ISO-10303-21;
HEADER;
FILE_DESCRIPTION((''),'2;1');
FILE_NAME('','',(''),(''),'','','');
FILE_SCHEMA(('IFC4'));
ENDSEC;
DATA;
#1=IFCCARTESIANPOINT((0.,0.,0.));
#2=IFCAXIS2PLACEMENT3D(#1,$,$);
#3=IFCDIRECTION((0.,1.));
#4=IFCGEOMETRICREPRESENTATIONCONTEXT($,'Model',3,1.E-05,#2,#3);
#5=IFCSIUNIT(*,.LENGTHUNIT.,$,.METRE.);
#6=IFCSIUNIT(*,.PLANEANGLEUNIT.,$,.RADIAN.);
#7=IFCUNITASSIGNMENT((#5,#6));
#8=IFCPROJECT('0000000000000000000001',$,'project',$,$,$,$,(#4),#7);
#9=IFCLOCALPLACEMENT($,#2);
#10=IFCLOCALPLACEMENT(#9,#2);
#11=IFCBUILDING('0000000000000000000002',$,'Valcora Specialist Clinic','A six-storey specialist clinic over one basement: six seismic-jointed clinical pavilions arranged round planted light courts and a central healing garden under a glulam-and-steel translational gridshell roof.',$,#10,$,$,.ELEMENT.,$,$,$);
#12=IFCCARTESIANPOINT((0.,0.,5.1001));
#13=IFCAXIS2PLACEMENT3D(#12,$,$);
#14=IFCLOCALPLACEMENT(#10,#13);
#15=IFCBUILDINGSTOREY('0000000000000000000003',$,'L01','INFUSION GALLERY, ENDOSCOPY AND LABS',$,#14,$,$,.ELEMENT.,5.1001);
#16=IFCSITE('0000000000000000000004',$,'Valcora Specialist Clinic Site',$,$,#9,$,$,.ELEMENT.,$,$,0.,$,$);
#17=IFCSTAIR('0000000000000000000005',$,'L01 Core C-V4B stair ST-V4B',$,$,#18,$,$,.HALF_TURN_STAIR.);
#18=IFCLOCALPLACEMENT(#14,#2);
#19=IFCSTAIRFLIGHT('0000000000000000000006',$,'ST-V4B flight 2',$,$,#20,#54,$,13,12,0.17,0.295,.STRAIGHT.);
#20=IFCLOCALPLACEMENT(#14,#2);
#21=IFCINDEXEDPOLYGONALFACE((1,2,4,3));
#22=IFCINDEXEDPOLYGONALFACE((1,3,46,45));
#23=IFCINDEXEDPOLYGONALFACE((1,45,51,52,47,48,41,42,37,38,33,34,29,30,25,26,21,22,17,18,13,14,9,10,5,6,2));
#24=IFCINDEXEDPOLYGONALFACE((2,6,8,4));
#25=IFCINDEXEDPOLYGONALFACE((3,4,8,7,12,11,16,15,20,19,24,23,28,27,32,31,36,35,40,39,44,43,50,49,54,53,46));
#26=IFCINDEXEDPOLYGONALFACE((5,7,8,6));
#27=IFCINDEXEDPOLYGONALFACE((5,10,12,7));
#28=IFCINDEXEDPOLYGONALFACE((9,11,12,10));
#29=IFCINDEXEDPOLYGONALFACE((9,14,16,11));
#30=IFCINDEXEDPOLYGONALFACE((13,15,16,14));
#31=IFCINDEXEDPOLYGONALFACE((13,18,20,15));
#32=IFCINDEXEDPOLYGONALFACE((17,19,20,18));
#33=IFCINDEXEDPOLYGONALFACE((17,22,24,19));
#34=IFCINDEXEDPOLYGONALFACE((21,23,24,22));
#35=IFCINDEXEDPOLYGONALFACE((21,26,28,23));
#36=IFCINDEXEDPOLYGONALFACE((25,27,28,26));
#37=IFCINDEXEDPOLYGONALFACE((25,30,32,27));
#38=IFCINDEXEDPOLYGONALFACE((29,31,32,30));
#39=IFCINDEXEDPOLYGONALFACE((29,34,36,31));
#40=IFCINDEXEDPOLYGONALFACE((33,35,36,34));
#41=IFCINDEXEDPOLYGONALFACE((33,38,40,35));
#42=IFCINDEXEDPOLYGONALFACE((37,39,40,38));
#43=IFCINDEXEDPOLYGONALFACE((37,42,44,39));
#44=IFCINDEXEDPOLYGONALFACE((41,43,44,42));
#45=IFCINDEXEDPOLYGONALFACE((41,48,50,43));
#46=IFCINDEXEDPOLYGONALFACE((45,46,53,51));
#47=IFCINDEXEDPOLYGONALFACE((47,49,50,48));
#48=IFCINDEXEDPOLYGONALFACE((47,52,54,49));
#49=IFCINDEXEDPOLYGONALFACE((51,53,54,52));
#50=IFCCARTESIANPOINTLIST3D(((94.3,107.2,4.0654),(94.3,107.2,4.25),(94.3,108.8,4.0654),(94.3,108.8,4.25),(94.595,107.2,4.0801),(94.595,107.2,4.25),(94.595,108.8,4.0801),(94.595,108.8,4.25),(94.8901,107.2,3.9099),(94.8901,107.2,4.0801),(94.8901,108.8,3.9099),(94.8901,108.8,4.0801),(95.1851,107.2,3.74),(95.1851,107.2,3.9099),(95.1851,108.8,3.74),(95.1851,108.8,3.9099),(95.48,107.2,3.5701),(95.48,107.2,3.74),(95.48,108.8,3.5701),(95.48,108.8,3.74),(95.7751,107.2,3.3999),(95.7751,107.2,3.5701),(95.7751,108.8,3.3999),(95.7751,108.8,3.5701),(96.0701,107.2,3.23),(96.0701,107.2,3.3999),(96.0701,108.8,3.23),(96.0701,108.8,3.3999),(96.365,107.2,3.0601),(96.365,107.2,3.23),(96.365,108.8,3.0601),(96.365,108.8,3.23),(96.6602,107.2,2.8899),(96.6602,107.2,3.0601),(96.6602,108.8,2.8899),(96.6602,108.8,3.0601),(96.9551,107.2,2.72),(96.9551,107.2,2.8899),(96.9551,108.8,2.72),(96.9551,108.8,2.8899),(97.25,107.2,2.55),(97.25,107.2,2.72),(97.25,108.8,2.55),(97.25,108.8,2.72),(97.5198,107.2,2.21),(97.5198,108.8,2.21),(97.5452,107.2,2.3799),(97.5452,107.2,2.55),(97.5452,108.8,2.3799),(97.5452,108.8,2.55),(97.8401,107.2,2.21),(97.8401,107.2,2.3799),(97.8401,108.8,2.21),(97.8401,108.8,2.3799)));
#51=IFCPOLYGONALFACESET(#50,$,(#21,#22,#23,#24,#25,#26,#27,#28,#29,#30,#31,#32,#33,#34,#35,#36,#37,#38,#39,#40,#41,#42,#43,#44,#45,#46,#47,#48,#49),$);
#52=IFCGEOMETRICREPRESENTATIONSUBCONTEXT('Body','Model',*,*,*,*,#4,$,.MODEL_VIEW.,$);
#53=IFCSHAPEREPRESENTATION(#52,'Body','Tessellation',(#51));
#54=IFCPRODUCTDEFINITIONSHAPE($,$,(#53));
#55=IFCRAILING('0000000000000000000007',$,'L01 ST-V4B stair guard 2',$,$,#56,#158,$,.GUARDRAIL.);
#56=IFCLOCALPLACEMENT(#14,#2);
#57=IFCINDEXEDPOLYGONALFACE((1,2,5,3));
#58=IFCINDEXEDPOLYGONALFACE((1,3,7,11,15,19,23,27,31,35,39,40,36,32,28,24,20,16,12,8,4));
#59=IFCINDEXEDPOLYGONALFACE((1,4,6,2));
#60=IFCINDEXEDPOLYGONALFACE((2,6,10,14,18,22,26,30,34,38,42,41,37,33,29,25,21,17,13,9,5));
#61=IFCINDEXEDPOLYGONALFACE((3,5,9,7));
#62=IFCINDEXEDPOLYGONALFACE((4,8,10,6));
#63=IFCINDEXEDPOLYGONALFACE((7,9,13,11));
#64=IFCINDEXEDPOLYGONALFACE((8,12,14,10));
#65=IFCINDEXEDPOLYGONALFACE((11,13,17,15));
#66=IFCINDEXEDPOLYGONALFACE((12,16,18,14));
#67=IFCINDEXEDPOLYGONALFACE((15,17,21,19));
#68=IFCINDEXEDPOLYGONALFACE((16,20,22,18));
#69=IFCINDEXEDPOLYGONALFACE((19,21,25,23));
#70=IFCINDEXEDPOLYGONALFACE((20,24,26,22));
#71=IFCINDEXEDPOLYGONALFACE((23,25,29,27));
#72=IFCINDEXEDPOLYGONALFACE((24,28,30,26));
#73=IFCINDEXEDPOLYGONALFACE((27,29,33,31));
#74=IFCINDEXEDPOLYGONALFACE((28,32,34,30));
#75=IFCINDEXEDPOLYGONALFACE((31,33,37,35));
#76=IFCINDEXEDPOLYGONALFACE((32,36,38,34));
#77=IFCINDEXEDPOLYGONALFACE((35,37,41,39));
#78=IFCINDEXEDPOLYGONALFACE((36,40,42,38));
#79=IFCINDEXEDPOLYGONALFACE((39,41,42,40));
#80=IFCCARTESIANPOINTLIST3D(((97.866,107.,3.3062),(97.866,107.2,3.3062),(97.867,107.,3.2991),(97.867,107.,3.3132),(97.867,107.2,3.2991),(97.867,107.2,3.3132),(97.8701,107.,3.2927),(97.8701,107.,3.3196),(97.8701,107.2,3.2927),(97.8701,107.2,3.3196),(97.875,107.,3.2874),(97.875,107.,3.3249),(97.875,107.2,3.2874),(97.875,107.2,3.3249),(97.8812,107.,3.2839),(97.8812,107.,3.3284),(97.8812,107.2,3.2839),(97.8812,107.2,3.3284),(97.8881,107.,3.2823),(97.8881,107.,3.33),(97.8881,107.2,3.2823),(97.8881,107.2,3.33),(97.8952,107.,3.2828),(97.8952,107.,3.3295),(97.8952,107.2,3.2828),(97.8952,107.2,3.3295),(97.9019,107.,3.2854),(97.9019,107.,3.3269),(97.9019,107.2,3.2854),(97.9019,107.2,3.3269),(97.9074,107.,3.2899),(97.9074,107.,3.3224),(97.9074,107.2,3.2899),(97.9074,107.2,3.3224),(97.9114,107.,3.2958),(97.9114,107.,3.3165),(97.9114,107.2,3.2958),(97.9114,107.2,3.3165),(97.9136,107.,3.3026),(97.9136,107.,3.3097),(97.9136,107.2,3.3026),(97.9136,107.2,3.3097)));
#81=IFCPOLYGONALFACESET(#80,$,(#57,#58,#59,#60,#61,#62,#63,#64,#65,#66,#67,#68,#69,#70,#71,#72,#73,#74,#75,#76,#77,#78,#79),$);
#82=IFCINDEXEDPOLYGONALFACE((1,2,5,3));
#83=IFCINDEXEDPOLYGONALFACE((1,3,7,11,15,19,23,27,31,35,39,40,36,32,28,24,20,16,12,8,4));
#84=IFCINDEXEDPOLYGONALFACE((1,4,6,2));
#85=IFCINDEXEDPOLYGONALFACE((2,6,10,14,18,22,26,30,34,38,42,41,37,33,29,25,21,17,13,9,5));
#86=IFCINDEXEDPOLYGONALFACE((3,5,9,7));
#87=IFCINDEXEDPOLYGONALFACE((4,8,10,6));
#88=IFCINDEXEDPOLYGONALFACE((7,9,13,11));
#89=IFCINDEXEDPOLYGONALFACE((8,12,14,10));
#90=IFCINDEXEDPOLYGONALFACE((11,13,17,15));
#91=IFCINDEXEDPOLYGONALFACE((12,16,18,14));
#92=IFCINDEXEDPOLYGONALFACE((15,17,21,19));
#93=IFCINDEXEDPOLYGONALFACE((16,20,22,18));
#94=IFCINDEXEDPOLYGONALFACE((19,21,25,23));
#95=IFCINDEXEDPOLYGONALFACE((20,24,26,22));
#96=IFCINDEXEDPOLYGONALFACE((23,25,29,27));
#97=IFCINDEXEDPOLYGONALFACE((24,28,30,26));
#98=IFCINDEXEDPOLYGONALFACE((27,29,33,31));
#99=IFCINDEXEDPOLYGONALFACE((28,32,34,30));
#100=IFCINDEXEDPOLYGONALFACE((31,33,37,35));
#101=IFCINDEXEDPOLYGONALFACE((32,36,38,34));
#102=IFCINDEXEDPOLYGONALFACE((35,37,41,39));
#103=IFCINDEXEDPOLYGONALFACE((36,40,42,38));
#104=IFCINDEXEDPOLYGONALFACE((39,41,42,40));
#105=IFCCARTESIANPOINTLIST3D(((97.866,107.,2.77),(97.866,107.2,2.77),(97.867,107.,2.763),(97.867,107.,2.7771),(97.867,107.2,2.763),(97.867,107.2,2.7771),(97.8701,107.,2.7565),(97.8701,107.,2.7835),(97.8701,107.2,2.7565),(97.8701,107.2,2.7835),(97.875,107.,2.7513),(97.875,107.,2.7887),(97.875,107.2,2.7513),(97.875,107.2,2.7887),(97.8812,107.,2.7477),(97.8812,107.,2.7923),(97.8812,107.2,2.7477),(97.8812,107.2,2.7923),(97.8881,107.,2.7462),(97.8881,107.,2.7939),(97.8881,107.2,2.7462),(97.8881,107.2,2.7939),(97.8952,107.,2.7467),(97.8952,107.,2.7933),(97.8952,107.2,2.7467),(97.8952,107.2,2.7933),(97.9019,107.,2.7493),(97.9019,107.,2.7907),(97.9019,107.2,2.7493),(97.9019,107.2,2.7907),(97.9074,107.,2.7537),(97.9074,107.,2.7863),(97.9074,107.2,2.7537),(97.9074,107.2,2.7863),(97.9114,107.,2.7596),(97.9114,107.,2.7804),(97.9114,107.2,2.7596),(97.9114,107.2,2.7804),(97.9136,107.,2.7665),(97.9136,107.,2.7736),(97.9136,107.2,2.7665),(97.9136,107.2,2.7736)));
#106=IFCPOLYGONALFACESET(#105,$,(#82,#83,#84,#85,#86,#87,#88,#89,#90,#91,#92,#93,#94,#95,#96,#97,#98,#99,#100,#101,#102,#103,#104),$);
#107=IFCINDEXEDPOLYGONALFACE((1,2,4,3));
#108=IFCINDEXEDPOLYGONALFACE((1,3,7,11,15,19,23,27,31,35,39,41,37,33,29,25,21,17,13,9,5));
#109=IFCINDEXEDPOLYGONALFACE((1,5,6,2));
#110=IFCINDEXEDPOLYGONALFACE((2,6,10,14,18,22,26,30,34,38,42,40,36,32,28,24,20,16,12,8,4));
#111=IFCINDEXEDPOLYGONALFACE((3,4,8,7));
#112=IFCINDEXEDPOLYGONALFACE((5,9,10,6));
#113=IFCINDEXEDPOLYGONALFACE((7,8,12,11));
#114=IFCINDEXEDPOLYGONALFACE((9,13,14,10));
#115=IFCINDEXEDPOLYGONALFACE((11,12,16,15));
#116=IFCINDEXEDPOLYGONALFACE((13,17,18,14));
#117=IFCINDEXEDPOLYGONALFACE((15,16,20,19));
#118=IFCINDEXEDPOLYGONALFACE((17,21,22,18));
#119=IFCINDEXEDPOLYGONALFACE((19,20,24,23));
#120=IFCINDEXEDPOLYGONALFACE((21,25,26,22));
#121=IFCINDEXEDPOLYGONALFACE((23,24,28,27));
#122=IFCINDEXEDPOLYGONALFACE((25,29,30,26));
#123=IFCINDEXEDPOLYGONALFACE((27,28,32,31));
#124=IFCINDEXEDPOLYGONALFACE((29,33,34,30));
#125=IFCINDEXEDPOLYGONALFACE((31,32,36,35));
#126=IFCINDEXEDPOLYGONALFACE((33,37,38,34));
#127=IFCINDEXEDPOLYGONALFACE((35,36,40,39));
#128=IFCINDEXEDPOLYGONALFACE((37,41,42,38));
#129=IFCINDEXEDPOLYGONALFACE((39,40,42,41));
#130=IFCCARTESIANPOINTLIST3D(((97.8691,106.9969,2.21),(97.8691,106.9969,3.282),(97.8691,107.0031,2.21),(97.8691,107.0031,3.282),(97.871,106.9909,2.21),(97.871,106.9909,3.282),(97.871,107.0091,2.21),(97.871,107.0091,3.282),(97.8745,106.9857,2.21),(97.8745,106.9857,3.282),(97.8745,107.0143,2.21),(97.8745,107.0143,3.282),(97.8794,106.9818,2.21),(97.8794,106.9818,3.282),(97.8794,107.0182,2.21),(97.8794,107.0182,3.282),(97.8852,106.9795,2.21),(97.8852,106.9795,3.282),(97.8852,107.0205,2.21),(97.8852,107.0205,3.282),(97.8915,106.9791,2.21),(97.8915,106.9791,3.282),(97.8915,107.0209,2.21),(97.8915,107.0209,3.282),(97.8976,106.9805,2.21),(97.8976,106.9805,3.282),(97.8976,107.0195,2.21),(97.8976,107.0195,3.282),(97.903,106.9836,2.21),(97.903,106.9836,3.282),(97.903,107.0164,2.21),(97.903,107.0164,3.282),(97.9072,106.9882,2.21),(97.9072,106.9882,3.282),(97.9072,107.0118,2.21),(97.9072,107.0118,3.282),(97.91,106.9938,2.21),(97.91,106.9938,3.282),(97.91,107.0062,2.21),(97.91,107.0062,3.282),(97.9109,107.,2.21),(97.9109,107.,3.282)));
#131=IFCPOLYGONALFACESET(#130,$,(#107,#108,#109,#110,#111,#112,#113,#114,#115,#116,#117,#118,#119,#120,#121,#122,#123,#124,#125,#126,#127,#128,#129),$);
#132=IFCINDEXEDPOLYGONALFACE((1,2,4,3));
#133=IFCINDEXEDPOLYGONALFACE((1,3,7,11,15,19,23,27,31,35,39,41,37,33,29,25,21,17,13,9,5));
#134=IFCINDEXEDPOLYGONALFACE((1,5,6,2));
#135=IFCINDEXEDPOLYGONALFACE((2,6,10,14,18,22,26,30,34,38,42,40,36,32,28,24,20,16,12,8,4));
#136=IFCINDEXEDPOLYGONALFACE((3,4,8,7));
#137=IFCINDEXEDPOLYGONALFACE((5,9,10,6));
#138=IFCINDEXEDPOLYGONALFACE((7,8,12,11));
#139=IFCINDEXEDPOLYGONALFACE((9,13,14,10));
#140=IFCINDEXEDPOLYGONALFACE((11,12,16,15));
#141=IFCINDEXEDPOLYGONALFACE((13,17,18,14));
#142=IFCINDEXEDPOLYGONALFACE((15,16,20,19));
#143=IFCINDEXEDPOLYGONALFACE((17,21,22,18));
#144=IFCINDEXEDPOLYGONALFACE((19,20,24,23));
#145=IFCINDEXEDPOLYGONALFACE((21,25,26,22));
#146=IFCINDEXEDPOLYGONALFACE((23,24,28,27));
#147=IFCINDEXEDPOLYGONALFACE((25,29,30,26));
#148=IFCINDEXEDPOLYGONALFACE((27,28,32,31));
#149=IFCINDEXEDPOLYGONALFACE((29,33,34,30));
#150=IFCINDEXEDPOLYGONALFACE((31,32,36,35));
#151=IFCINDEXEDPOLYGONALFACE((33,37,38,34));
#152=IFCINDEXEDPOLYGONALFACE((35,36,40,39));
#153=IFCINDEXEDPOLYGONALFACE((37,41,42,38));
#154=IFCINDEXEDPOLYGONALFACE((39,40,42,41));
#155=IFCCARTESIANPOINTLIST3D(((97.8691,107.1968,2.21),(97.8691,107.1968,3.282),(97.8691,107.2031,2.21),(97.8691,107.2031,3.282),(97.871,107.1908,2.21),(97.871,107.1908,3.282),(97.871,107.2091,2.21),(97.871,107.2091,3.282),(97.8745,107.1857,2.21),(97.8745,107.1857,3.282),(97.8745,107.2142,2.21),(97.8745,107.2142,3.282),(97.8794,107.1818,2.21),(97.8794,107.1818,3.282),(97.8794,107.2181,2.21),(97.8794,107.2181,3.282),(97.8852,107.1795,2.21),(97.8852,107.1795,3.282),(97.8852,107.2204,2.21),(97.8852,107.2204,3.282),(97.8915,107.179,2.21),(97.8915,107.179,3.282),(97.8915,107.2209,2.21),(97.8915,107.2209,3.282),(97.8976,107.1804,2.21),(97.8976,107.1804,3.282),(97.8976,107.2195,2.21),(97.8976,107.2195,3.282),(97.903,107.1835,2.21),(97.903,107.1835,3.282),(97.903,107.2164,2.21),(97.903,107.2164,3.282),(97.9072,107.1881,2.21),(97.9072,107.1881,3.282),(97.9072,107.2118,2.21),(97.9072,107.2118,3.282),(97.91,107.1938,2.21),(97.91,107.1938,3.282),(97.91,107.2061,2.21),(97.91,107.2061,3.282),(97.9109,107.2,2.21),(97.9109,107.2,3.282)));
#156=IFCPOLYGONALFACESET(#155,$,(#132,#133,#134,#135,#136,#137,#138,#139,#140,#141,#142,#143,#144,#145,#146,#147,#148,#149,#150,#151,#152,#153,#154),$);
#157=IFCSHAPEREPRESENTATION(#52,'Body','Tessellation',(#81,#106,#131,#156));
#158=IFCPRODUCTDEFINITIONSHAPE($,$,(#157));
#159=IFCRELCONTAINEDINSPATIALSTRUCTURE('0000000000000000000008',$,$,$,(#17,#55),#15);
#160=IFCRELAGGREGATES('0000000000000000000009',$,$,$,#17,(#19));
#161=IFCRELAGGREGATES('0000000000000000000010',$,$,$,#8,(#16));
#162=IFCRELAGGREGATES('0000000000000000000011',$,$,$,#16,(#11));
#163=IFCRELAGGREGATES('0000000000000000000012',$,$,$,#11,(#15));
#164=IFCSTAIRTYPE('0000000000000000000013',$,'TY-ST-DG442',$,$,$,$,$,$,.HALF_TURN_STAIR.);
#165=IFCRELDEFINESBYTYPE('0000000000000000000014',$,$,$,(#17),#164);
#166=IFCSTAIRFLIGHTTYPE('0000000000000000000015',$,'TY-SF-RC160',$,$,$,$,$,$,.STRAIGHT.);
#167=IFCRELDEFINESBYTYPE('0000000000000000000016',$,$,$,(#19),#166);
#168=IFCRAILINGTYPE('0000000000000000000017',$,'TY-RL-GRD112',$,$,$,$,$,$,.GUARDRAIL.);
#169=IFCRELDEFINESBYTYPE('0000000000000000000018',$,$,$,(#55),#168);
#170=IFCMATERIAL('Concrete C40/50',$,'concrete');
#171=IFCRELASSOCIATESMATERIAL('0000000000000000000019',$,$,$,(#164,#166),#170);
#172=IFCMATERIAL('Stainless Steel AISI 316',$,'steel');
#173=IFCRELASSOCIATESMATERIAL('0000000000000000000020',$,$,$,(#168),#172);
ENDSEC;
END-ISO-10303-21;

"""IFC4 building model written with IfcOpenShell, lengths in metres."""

from ifc_helpers import new_model, si_unit, direction, frame, origin, origin_2d, place, context, subcontext, project, spatial, polyline, circle, outline, extrude, material, type_object, element, aggregate, save


model = new_model("IFC4")

# Units and contexts
model_context = context("Model", 3, precision=1e-05, world=origin(), true_north=direction((0.0, 1.0)))
body_context = subcontext(model_context, "Body", "Model", "MODEL_VIEW")
ifc_project = project(units=[si_unit("LENGTHUNIT", "METRE"), si_unit("PLANEANGLEUNIT", "RADIAN")], contexts=[model_context])

# Site, building, storey
site_placement = place(None, origin())
site = spatial("IfcSite", under=ifc_project, at=site_placement, Name="Valcora Specialist Clinic Site", CompositionType="ELEMENT", RefElevation=0.0)
building_placement = place(site_placement, origin())
building = spatial("IfcBuilding", under=site, at=building_placement, Name="Valcora Specialist Clinic", Description="A six-storey specialist clinic over one basement: six seismic-jointed clinical pavilions arranged round planted light courts and a central healing garden under a glulam-and-steel translational gridshell roof.", CompositionType="ELEMENT")
storey_placement = place(building_placement, frame((0.0, 0.0, 5.1001)))
storey = spatial("IfcBuildingStorey", under=building, at=storey_placement, Name="L01", Description="INFUSION GALLERY, ENDOSCOPY AND LABS", CompositionType="ELEMENT", Elevation=5.1001)

# Shared definitions
ifc_material_1 = material(Name="Concrete C40/50", Category="concrete")

# Stair, stair flight
stair_type = type_object("IfcStairType", Name="TY-ST-DG442", PredefinedType="HALF_TURN_STAIR", material=ifc_material_1)
stair_placement = place(storey_placement, origin())
stair = element("IfcStair", 1, at=stair_placement, inside=storey, type_object=stair_type, Name="L01 Core C-V4B stair ST-V4B", PredefinedType="HALF_TURN_STAIR")
stair_flight_type = type_object("IfcStairFlightType", Name="TY-SF-RC160", PredefinedType="STRAIGHT", material=ifc_material_1)
stair_flight_placement = place(storey_placement, frame((97.8401, 108.0, 2.21), z_axis=(0.0, 0.0, 1.0), x_axis=(-1.0, 0.0, 0.0)))
stair_flight = element("IfcStairFlight", 2, at=stair_flight_placement, type_object=stair_flight_type, Name="ST-V4B flight 2", NumberOfRisers=13, NumberOfTreads=12, PredefinedType="STRAIGHT", RiserHeight=0.17, TreadLength=0.295, context=body_context, shape_type="SweptSolid", body=[
    extrude(outline(polyline([(0.0, 0.0), (0.0, 0.1699), (0.2949, 0.1699), (0.2949, 0.3401), (0.5901, 0.3401), (0.5901, 0.51), (0.885, 0.51), (0.885, 0.6799), (1.1799, 0.6799), (1.1799, 0.8501), (1.4751, 0.8501), (1.4751, 1.02), (1.77, 1.02), (1.77, 1.1899), (2.0649, 1.1899), (2.0649, 1.3601), (2.3601, 1.3601), (2.3601, 1.53), (2.655, 1.53), (2.655, 1.7), (2.95, 1.7), (2.95, 1.8701), (3.2451, 1.8701), (3.2451, 2.04), (3.54, 2.04), (3.54, 2.21), (3.54, 1.8555), (0.3203, 0.0), (0.0, 0.0)])), frame((0.0, 0.8, 0.0), z_axis=(0.0, -1.0, 0.0), x_axis=(1.0, 0.0, 0.0)), (0.0, 0.0, 1.0), 1.6001),
])
aggregate(stair, [stair_flight])

# Railing
ifc_material_2 = material(Name="Stainless Steel AISI 316", Category="steel")
railing_type_1 = type_object("IfcRailingType", Name="TY-RL-GRD112", PredefinedType="GUARDRAIL", material=ifc_material_2)
railing_1_placement = place(storey_placement, frame((97.8899, 107.0, 2.21)))
element("IfcRailing", 3, at=railing_1_placement, inside=storey, type_object=railing_type_1, Name="L01 ST-V4B stair guard 2", PredefinedType="GUARDRAIL", context=body_context, shape_type="SweptSolid", body=[
    extrude(circle(Radius=0.0239, at=origin_2d()), frame((0.0, 0.0, 1.0962), z_axis=(0.0, 1.0, 0.0), x_axis=(-1.0, 0.0, 0.0)), (0.0, 0.0, 1.0), 0.2),
    extrude(circle(Radius=0.0239, at=origin_2d()), frame((0.0, 0.0, 0.5601), z_axis=(0.0, 1.0, 0.0), x_axis=(-1.0, 0.0, 0.0)), (0.0, 0.0, 1.0), 0.2),
    extrude(circle(Radius=0.021, at=origin_2d()), origin(), (0.0, 0.0, 1.0), 1.072),
    extrude(circle(Radius=0.021, at=origin_2d()), frame((0.0, 0.2, 0.0)), (0.0, 0.0, 1.0), 1.072),
])

save(model, "model.ifc")
